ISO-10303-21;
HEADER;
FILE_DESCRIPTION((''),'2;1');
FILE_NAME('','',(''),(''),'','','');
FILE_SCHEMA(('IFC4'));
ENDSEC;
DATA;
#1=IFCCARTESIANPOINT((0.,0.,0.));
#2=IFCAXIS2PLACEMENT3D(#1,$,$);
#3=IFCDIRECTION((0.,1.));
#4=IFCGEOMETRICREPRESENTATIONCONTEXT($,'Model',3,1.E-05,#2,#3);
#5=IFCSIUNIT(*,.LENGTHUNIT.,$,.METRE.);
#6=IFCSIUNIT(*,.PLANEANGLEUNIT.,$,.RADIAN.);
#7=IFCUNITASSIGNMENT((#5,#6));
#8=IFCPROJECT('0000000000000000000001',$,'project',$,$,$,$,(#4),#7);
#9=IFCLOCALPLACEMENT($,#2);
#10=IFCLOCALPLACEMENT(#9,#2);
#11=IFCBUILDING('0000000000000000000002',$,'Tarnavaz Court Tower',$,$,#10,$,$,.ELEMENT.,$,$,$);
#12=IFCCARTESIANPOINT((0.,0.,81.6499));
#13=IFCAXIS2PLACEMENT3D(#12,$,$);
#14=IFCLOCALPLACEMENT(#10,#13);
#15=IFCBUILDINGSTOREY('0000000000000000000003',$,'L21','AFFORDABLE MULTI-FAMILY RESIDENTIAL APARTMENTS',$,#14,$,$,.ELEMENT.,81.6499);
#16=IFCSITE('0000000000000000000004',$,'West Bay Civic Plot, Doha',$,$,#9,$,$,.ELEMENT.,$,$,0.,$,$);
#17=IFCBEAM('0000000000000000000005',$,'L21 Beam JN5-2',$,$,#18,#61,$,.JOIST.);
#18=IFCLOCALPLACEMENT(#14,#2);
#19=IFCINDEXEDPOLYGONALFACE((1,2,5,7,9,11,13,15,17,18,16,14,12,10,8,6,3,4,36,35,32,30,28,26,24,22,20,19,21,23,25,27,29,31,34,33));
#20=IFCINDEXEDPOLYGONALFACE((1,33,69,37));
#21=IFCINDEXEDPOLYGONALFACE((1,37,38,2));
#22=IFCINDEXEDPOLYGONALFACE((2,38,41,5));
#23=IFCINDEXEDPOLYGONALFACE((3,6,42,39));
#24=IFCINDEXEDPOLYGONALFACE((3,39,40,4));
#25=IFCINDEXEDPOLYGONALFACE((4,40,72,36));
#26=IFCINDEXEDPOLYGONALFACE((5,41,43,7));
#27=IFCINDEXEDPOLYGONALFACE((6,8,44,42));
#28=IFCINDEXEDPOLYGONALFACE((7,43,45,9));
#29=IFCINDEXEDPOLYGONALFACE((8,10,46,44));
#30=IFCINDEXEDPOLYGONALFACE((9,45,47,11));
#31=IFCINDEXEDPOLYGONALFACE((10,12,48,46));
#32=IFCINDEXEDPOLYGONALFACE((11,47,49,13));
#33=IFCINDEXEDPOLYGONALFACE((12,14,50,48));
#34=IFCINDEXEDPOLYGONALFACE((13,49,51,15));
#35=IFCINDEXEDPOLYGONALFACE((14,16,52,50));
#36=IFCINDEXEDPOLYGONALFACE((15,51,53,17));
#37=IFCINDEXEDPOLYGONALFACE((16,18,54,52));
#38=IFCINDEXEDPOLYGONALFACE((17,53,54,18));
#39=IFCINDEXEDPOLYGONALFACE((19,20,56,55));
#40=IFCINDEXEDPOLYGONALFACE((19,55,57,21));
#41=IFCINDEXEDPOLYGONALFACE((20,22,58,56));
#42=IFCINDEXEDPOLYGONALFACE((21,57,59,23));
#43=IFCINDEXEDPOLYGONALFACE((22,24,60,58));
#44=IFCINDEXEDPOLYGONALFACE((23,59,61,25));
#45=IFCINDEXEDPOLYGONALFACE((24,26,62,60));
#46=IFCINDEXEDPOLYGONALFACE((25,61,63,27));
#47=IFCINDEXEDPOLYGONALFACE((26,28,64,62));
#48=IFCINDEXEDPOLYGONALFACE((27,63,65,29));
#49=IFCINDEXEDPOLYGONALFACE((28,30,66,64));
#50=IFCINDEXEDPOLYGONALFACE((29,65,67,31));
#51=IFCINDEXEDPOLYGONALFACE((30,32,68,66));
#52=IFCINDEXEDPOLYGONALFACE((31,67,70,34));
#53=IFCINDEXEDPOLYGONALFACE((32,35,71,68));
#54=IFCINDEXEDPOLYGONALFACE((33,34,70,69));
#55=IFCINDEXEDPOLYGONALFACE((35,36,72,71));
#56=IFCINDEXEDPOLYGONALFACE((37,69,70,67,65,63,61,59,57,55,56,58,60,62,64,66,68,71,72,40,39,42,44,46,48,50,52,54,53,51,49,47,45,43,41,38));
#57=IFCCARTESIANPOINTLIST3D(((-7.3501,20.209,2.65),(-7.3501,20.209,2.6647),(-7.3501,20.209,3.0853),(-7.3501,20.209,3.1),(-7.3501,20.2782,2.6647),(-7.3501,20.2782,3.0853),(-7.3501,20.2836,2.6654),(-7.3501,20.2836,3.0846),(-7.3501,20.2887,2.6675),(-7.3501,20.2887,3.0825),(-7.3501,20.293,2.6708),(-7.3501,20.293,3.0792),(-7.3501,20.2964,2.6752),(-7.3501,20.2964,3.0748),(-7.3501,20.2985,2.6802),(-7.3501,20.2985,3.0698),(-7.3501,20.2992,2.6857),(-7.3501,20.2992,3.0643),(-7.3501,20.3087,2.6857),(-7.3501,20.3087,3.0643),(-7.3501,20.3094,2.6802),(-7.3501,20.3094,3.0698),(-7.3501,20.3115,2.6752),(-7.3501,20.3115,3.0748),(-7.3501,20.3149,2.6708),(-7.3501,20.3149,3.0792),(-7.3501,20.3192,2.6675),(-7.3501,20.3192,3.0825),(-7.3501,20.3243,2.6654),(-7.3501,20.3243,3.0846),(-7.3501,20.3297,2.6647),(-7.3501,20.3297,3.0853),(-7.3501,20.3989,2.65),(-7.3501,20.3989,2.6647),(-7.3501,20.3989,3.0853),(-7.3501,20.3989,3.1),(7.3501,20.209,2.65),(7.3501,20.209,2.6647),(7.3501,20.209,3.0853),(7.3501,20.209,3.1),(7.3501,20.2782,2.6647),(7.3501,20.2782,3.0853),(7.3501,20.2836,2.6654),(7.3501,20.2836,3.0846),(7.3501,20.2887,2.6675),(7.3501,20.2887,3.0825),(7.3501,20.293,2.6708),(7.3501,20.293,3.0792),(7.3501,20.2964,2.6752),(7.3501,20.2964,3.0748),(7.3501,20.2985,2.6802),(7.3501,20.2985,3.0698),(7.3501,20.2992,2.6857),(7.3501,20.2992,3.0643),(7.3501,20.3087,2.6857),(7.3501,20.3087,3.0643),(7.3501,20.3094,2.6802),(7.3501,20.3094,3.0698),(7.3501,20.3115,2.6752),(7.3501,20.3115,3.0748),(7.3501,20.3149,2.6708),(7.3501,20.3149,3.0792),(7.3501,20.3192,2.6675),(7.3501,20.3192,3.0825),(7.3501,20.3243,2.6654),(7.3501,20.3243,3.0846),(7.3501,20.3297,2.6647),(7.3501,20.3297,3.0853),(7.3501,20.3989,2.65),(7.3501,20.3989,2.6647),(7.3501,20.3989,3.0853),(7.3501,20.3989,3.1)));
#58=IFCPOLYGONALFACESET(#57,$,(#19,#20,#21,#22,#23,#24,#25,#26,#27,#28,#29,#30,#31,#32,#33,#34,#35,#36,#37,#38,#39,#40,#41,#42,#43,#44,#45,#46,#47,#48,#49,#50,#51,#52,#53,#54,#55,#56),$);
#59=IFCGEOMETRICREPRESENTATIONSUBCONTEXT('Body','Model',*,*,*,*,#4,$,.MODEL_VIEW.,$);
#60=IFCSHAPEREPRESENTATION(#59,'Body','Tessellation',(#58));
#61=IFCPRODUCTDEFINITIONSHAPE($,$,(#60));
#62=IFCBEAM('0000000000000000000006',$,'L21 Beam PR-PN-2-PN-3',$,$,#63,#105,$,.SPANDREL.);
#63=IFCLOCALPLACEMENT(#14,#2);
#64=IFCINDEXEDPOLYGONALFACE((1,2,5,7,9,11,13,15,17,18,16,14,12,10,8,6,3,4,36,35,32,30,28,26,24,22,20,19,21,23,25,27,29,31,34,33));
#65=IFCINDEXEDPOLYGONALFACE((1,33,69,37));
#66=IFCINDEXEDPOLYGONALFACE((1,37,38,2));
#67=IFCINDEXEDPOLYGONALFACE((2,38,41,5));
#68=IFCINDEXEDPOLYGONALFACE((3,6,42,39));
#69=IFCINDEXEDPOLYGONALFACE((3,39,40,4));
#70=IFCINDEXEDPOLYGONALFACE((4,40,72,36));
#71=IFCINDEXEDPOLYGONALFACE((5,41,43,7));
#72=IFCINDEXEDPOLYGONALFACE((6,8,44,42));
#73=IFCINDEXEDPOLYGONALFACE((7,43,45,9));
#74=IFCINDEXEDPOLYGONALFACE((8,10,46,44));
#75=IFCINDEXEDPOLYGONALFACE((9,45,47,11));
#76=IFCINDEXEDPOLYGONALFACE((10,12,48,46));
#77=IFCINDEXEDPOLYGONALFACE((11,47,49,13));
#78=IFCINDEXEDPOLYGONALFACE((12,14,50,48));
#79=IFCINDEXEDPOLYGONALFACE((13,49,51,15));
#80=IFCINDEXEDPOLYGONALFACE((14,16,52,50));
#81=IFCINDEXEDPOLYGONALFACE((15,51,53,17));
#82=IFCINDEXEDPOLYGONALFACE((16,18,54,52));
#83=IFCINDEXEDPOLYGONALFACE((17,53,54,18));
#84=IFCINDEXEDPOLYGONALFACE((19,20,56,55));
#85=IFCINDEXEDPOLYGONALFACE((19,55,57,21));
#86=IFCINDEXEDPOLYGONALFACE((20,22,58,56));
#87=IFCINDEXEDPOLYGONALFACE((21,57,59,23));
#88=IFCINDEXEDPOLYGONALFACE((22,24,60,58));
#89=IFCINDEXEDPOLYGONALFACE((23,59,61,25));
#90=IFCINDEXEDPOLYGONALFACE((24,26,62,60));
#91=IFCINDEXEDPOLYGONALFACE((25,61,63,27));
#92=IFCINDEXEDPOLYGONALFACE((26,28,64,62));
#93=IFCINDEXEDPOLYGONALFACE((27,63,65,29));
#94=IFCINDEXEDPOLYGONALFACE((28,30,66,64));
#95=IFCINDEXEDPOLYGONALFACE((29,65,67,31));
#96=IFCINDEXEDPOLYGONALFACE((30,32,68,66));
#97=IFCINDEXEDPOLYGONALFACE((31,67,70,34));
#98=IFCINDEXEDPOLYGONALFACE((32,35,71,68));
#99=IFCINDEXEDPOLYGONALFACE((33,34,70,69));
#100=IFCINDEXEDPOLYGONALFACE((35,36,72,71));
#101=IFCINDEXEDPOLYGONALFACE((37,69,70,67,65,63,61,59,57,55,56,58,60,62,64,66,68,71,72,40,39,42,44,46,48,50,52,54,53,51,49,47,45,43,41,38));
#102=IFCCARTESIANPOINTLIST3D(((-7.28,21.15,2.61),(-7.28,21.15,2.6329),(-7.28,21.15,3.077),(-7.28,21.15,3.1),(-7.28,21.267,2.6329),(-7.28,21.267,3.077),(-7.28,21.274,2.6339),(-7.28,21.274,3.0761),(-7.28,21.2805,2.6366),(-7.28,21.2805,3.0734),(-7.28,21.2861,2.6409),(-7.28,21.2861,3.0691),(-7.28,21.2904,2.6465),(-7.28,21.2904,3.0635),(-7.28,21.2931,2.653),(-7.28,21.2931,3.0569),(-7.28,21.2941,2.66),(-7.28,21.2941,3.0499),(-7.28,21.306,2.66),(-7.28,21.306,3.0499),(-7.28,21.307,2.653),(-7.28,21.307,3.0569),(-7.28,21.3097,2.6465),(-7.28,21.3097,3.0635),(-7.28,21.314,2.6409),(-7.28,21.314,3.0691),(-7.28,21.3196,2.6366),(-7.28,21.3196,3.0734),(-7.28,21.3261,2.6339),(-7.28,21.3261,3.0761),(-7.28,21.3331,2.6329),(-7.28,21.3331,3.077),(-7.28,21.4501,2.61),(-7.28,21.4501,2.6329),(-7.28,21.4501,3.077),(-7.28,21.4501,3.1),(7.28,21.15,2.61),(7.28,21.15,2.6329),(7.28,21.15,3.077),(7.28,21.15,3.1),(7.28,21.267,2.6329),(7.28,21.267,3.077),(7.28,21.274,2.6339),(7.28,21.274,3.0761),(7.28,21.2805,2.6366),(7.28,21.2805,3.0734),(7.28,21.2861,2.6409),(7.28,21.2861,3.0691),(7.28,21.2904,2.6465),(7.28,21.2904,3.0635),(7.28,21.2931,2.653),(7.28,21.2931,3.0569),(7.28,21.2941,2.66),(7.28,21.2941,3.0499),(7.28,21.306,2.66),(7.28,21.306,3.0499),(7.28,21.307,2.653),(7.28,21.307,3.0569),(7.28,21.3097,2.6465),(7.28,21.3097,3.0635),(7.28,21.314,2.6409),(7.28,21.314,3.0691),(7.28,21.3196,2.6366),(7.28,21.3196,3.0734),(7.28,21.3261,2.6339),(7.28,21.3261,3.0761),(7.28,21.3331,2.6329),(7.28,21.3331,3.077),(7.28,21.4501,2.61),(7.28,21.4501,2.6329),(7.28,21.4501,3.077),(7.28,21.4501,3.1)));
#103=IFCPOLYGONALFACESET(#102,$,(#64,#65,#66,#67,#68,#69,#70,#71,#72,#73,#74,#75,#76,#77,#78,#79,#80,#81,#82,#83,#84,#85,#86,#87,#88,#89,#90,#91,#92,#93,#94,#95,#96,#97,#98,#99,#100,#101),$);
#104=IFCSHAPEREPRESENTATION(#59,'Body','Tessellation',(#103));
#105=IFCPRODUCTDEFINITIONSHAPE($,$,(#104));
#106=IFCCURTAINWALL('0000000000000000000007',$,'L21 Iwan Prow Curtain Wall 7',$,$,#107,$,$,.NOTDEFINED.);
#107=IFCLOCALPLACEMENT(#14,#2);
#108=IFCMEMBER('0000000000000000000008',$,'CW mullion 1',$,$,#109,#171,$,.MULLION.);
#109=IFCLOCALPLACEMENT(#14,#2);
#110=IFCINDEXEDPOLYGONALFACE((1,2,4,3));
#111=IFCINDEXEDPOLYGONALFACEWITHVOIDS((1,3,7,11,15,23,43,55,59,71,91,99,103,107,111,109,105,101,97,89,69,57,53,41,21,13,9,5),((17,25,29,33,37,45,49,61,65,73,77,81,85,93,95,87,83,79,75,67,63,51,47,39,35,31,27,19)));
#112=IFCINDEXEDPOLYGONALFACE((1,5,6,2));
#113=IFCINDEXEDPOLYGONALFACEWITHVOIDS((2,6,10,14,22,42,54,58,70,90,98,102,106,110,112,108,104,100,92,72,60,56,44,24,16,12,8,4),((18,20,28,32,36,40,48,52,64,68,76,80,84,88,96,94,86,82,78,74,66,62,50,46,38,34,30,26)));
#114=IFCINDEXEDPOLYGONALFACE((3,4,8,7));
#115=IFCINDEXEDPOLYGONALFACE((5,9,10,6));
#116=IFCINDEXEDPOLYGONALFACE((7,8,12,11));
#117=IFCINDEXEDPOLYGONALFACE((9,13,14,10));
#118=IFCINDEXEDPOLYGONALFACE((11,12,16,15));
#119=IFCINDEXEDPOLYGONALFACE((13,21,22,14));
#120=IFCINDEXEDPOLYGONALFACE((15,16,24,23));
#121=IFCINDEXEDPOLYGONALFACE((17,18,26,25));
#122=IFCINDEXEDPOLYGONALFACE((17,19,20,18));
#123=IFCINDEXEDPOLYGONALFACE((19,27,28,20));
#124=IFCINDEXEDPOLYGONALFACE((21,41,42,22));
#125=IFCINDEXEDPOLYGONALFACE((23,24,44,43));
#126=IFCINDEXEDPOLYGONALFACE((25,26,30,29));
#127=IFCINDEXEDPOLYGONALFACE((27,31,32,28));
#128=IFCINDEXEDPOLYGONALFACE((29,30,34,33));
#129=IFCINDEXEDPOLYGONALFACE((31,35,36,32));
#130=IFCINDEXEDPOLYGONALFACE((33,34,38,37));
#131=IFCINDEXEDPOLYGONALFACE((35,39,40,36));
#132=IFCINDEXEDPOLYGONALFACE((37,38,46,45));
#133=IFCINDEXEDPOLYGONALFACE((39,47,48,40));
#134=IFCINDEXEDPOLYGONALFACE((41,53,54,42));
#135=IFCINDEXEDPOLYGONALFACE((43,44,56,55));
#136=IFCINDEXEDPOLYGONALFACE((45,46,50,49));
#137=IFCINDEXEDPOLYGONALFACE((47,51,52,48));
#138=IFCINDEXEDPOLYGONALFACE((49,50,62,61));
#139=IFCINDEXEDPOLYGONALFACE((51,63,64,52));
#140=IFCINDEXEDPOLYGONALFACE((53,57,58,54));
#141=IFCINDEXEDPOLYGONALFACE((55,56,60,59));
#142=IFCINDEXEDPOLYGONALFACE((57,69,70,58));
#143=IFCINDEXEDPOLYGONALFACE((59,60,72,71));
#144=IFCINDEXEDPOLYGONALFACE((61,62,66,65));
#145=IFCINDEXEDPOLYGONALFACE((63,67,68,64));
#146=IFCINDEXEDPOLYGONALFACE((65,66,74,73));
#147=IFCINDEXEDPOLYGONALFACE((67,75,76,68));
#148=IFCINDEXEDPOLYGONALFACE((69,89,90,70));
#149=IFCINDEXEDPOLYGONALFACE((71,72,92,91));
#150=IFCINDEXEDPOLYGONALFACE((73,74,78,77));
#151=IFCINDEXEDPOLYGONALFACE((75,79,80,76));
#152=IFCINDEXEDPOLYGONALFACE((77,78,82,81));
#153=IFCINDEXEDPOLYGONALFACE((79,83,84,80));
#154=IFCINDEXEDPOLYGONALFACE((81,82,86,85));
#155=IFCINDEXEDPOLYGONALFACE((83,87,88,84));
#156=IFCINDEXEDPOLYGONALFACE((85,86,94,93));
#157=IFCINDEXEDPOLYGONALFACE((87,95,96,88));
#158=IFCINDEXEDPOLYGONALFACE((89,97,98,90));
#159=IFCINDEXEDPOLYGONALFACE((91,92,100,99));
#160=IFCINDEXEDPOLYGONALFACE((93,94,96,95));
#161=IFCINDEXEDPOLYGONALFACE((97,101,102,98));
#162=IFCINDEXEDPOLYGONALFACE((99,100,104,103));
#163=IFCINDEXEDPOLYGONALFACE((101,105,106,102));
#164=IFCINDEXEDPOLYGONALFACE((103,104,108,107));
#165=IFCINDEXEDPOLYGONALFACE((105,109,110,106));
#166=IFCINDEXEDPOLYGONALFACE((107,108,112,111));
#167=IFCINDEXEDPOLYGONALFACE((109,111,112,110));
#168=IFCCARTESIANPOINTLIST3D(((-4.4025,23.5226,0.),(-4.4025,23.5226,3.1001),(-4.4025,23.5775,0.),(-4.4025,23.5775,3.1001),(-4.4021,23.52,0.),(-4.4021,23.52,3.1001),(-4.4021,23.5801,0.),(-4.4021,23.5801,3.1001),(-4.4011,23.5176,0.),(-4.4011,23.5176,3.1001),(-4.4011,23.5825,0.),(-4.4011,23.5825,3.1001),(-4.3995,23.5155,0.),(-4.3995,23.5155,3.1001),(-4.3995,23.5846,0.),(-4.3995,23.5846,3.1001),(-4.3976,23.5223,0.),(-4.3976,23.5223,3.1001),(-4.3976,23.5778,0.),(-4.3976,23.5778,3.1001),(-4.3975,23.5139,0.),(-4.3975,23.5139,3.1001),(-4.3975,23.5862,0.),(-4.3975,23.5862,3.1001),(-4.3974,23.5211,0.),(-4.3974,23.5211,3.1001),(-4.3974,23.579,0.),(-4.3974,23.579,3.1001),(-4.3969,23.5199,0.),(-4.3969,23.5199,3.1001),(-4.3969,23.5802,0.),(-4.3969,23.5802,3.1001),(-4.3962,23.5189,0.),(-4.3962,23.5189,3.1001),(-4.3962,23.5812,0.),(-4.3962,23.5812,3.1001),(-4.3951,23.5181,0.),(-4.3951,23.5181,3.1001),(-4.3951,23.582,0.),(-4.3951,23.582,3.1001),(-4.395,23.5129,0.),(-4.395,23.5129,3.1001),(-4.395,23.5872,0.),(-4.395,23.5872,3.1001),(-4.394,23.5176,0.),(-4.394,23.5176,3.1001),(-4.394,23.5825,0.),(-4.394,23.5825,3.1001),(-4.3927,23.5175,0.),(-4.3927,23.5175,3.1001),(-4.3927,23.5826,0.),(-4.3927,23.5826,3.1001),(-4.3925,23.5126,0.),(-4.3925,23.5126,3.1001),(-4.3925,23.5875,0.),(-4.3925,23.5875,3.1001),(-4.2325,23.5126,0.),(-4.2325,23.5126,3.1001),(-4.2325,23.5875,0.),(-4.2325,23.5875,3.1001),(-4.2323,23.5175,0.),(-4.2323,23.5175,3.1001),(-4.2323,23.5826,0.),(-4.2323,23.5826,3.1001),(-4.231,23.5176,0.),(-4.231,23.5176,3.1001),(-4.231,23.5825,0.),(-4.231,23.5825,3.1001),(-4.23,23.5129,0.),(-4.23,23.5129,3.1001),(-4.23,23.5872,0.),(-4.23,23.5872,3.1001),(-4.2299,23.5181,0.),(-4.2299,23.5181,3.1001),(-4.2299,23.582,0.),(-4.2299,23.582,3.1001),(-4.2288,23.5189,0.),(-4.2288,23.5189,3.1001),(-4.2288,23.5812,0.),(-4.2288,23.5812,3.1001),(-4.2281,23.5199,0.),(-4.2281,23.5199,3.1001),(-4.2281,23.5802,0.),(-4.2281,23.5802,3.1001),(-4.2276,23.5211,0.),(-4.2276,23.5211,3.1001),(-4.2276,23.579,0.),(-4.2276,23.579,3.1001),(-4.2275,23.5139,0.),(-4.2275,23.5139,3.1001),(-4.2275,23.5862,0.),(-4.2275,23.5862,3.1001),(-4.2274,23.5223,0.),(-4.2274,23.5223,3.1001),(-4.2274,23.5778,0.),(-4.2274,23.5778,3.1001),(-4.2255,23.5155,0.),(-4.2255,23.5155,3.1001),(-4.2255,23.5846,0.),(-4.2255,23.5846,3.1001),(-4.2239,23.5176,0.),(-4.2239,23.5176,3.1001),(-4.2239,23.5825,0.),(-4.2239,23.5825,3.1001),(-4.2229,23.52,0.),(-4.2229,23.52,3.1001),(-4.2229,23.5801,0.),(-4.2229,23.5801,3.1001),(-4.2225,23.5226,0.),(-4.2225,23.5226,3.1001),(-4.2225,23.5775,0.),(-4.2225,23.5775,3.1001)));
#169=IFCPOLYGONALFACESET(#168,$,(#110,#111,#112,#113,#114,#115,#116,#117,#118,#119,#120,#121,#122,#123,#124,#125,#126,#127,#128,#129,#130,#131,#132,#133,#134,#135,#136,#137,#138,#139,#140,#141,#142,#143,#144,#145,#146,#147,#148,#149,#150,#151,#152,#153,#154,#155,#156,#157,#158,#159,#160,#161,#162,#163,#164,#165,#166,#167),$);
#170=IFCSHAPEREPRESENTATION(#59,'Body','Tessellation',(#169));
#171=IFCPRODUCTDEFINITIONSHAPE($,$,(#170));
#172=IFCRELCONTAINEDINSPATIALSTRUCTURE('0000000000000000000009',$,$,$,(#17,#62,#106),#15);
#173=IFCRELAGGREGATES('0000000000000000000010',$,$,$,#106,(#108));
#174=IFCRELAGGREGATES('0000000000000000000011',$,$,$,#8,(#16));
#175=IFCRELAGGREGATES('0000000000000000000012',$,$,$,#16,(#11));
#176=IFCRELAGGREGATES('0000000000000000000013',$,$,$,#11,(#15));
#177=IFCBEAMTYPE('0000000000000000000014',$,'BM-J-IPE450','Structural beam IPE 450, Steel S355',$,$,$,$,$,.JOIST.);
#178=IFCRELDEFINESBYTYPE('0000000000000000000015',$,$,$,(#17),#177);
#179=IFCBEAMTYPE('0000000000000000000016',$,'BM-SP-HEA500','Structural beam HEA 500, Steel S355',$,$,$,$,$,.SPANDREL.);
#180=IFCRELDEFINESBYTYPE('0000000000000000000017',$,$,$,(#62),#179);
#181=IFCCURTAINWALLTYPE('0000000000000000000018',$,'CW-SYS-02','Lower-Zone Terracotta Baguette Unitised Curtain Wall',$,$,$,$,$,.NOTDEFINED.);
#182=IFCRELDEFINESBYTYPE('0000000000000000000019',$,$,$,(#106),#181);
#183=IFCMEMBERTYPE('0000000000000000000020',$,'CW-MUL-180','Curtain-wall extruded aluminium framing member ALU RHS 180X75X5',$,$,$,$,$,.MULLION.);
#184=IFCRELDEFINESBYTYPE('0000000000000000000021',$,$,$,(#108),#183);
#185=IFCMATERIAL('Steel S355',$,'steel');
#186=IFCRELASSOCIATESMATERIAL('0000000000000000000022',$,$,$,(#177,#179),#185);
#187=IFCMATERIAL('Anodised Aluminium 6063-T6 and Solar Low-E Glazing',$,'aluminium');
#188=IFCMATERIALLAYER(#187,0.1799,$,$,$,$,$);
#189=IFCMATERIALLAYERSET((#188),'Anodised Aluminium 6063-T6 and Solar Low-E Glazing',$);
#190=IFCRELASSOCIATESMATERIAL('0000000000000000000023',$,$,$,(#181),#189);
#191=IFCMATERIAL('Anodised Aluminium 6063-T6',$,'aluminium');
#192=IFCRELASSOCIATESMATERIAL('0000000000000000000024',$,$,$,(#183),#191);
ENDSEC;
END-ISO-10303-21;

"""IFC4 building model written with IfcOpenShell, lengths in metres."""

from ifc_helpers import new_model, si_unit, direction, frame, origin, origin_2d, place, context, subcontext, project, spatial, hollow_rectangle, i_section, extrude, material, layer, layer_set, material_profile, profile_set, type_object, element, aggregate, save


model = new_model("IFC4")

# Units and contexts
model_context = context("Model", 3, precision=1e-05, world=origin(), true_north=direction((0.0, 1.0)))
body_context = subcontext(model_context, "Body", "Model", "MODEL_VIEW")
ifc_project = project(units=[si_unit("LENGTHUNIT", "METRE"), si_unit("PLANEANGLEUNIT", "RADIAN")], contexts=[model_context])

# Site, building, storey
site_placement = place(None, origin())
site = spatial("IfcSite", under=ifc_project, at=site_placement, Name="West Bay Civic Plot, Doha", CompositionType="ELEMENT", RefElevation=0.0)
building_placement = place(site_placement, origin())
building = spatial("IfcBuilding", under=site, at=building_placement, Name="Tarnavaz Court Tower", CompositionType="ELEMENT")
storey_placement = place(building_placement, frame((0.0, 0.0, 81.6499)))
storey = spatial("IfcBuildingStorey", under=building, at=storey_placement, Name="L21", Description="AFFORDABLE MULTI-FAMILY RESIDENTIAL APARTMENTS", CompositionType="ELEMENT", Elevation=81.6499)

# Beams
ifc_material_1 = material(Name="Steel S355", Category="steel")
ifc_material_profile_1 = material_profile(ifc_material_1, i_section(OverallWidth=0.1899, OverallDepth=0.45, WebThickness=0.0095, FlangeThickness=0.0146, FilletRadius=0.021, at=origin_2d()), Name="IPE 450")
ifc_profile_set_1 = profile_set([ifc_material_profile_1], Name="Steel S355")
beam_type_1 = type_object("IfcBeamType", Name="BM-J-IPE450", Description="Structural beam IPE 450, Steel S355", PredefinedType="JOIST", material=ifc_profile_set_1)
for number, where, z_axis, x_axis, name in (
    (1, (-7.3501, 20.304, 2.875), (1.0, 0.0, 0.0), (0.0, 1.0, 0.0), "L21 Beam JN5-2"),
):
    element("IfcBeam", number, at=place(storey_placement, frame(where, z_axis=z_axis, x_axis=x_axis)), inside=storey, type_object=beam_type_1, Name=name, PredefinedType="JOIST", context=body_context, shape_type="SweptSolid", body=[
        extrude(i_section(OverallWidth=0.1899, OverallDepth=0.45, WebThickness=0.0095, FlangeThickness=0.0146, FilletRadius=0.021, at=origin_2d()), origin(), (0.0, 0.0, 1.0), 14.7002),
    ])
ifc_material_profile_2 = material_profile(ifc_material_1, i_section(OverallWidth=0.3, OverallDepth=0.49, WebThickness=0.012, FlangeThickness=0.0229, FilletRadius=0.0271, at=origin_2d()), Name="HEA 500")
ifc_profile_set_2 = profile_set([ifc_material_profile_2], Name="Steel S355")
beam_type_2 = type_object("IfcBeamType", Name="BM-SP-HEA500", Description="Structural beam HEA 500, Steel S355", PredefinedType="SPANDREL", material=ifc_profile_set_2)
beam_placement = place(storey_placement, frame((-7.28, 21.3, 2.855), z_axis=(1.0, 0.0, 0.0), x_axis=(0.0, 1.0, 0.0)))
element("IfcBeam", 2, at=beam_placement, inside=storey, type_object=beam_type_2, Name="L21 Beam PR-PN-2-PN-3", PredefinedType="SPANDREL", context=body_context, shape_type="SweptSolid", body=[
    extrude(i_section(OverallWidth=0.3, OverallDepth=0.49, WebThickness=0.012, FlangeThickness=0.0229, FilletRadius=0.0271, at=origin_2d()), origin(), (0.0, 0.0, 1.0), 14.5601),
])

# Curtain wall, member
ifc_material_2 = material(Name="Anodised Aluminium 6063-T6 and Solar Low-E Glazing", Category="aluminium")
ifc_layer_1 = layer(ifc_material_2, 0.1799)
ifc_layer_set_1 = layer_set([ifc_layer_1], Name="Anodised Aluminium 6063-T6 and Solar Low-E Glazing")
curtain_wall_type = type_object("IfcCurtainWallType", Name="CW-SYS-02", Description="Lower-Zone Terracotta Baguette Unitised Curtain Wall", PredefinedType="NOTDEFINED", material=ifc_layer_set_1)
curtain_wall_placement = place(storey_placement, origin())
curtain_wall = element("IfcCurtainWall", 3, at=curtain_wall_placement, inside=storey, type_object=curtain_wall_type, Name="L21 Iwan Prow Curtain Wall 7", PredefinedType="NOTDEFINED")
ifc_material_3 = material(Name="Anodised Aluminium 6063-T6", Category="aluminium")
ifc_material_profile_3 = material_profile(ifc_material_3, hollow_rectangle(XDim=0.075, YDim=0.1799, WallThickness=0.0049, InnerFilletRadius=0.0049, OuterFilletRadius=0.01, at=origin_2d()), Name="ALU RHS 180X75X5")
ifc_profile_set_3 = profile_set([ifc_material_profile_3], Name="Anodised Aluminium 6063-T6")
member_type_1 = type_object("IfcMemberType", Name="CW-MUL-180", Description="Curtain-wall extruded aluminium framing member ALU RHS 180X75X5", PredefinedType="MULLION", material=ifc_profile_set_3)
member_1_placement = place(storey_placement, frame((-4.3125, 23.55, 0.0), z_axis=(0.0, 0.0, 1.0), x_axis=(0.0, 1.0, 0.0)))
member_1 = element("IfcMember", 4, at=member_1_placement, type_object=member_type_1, Name="CW mullion 1", PredefinedType="MULLION", context=body_context, shape_type="SweptSolid", body=[
    extrude(hollow_rectangle(XDim=0.075, YDim=0.1799, WallThickness=0.0049, InnerFilletRadius=0.0049, OuterFilletRadius=0.01, at=origin_2d()), origin(), (0.0, 0.0, 1.0), 3.1001),
])
aggregate(curtain_wall, [member_1])

save(model, "model.ifc")
